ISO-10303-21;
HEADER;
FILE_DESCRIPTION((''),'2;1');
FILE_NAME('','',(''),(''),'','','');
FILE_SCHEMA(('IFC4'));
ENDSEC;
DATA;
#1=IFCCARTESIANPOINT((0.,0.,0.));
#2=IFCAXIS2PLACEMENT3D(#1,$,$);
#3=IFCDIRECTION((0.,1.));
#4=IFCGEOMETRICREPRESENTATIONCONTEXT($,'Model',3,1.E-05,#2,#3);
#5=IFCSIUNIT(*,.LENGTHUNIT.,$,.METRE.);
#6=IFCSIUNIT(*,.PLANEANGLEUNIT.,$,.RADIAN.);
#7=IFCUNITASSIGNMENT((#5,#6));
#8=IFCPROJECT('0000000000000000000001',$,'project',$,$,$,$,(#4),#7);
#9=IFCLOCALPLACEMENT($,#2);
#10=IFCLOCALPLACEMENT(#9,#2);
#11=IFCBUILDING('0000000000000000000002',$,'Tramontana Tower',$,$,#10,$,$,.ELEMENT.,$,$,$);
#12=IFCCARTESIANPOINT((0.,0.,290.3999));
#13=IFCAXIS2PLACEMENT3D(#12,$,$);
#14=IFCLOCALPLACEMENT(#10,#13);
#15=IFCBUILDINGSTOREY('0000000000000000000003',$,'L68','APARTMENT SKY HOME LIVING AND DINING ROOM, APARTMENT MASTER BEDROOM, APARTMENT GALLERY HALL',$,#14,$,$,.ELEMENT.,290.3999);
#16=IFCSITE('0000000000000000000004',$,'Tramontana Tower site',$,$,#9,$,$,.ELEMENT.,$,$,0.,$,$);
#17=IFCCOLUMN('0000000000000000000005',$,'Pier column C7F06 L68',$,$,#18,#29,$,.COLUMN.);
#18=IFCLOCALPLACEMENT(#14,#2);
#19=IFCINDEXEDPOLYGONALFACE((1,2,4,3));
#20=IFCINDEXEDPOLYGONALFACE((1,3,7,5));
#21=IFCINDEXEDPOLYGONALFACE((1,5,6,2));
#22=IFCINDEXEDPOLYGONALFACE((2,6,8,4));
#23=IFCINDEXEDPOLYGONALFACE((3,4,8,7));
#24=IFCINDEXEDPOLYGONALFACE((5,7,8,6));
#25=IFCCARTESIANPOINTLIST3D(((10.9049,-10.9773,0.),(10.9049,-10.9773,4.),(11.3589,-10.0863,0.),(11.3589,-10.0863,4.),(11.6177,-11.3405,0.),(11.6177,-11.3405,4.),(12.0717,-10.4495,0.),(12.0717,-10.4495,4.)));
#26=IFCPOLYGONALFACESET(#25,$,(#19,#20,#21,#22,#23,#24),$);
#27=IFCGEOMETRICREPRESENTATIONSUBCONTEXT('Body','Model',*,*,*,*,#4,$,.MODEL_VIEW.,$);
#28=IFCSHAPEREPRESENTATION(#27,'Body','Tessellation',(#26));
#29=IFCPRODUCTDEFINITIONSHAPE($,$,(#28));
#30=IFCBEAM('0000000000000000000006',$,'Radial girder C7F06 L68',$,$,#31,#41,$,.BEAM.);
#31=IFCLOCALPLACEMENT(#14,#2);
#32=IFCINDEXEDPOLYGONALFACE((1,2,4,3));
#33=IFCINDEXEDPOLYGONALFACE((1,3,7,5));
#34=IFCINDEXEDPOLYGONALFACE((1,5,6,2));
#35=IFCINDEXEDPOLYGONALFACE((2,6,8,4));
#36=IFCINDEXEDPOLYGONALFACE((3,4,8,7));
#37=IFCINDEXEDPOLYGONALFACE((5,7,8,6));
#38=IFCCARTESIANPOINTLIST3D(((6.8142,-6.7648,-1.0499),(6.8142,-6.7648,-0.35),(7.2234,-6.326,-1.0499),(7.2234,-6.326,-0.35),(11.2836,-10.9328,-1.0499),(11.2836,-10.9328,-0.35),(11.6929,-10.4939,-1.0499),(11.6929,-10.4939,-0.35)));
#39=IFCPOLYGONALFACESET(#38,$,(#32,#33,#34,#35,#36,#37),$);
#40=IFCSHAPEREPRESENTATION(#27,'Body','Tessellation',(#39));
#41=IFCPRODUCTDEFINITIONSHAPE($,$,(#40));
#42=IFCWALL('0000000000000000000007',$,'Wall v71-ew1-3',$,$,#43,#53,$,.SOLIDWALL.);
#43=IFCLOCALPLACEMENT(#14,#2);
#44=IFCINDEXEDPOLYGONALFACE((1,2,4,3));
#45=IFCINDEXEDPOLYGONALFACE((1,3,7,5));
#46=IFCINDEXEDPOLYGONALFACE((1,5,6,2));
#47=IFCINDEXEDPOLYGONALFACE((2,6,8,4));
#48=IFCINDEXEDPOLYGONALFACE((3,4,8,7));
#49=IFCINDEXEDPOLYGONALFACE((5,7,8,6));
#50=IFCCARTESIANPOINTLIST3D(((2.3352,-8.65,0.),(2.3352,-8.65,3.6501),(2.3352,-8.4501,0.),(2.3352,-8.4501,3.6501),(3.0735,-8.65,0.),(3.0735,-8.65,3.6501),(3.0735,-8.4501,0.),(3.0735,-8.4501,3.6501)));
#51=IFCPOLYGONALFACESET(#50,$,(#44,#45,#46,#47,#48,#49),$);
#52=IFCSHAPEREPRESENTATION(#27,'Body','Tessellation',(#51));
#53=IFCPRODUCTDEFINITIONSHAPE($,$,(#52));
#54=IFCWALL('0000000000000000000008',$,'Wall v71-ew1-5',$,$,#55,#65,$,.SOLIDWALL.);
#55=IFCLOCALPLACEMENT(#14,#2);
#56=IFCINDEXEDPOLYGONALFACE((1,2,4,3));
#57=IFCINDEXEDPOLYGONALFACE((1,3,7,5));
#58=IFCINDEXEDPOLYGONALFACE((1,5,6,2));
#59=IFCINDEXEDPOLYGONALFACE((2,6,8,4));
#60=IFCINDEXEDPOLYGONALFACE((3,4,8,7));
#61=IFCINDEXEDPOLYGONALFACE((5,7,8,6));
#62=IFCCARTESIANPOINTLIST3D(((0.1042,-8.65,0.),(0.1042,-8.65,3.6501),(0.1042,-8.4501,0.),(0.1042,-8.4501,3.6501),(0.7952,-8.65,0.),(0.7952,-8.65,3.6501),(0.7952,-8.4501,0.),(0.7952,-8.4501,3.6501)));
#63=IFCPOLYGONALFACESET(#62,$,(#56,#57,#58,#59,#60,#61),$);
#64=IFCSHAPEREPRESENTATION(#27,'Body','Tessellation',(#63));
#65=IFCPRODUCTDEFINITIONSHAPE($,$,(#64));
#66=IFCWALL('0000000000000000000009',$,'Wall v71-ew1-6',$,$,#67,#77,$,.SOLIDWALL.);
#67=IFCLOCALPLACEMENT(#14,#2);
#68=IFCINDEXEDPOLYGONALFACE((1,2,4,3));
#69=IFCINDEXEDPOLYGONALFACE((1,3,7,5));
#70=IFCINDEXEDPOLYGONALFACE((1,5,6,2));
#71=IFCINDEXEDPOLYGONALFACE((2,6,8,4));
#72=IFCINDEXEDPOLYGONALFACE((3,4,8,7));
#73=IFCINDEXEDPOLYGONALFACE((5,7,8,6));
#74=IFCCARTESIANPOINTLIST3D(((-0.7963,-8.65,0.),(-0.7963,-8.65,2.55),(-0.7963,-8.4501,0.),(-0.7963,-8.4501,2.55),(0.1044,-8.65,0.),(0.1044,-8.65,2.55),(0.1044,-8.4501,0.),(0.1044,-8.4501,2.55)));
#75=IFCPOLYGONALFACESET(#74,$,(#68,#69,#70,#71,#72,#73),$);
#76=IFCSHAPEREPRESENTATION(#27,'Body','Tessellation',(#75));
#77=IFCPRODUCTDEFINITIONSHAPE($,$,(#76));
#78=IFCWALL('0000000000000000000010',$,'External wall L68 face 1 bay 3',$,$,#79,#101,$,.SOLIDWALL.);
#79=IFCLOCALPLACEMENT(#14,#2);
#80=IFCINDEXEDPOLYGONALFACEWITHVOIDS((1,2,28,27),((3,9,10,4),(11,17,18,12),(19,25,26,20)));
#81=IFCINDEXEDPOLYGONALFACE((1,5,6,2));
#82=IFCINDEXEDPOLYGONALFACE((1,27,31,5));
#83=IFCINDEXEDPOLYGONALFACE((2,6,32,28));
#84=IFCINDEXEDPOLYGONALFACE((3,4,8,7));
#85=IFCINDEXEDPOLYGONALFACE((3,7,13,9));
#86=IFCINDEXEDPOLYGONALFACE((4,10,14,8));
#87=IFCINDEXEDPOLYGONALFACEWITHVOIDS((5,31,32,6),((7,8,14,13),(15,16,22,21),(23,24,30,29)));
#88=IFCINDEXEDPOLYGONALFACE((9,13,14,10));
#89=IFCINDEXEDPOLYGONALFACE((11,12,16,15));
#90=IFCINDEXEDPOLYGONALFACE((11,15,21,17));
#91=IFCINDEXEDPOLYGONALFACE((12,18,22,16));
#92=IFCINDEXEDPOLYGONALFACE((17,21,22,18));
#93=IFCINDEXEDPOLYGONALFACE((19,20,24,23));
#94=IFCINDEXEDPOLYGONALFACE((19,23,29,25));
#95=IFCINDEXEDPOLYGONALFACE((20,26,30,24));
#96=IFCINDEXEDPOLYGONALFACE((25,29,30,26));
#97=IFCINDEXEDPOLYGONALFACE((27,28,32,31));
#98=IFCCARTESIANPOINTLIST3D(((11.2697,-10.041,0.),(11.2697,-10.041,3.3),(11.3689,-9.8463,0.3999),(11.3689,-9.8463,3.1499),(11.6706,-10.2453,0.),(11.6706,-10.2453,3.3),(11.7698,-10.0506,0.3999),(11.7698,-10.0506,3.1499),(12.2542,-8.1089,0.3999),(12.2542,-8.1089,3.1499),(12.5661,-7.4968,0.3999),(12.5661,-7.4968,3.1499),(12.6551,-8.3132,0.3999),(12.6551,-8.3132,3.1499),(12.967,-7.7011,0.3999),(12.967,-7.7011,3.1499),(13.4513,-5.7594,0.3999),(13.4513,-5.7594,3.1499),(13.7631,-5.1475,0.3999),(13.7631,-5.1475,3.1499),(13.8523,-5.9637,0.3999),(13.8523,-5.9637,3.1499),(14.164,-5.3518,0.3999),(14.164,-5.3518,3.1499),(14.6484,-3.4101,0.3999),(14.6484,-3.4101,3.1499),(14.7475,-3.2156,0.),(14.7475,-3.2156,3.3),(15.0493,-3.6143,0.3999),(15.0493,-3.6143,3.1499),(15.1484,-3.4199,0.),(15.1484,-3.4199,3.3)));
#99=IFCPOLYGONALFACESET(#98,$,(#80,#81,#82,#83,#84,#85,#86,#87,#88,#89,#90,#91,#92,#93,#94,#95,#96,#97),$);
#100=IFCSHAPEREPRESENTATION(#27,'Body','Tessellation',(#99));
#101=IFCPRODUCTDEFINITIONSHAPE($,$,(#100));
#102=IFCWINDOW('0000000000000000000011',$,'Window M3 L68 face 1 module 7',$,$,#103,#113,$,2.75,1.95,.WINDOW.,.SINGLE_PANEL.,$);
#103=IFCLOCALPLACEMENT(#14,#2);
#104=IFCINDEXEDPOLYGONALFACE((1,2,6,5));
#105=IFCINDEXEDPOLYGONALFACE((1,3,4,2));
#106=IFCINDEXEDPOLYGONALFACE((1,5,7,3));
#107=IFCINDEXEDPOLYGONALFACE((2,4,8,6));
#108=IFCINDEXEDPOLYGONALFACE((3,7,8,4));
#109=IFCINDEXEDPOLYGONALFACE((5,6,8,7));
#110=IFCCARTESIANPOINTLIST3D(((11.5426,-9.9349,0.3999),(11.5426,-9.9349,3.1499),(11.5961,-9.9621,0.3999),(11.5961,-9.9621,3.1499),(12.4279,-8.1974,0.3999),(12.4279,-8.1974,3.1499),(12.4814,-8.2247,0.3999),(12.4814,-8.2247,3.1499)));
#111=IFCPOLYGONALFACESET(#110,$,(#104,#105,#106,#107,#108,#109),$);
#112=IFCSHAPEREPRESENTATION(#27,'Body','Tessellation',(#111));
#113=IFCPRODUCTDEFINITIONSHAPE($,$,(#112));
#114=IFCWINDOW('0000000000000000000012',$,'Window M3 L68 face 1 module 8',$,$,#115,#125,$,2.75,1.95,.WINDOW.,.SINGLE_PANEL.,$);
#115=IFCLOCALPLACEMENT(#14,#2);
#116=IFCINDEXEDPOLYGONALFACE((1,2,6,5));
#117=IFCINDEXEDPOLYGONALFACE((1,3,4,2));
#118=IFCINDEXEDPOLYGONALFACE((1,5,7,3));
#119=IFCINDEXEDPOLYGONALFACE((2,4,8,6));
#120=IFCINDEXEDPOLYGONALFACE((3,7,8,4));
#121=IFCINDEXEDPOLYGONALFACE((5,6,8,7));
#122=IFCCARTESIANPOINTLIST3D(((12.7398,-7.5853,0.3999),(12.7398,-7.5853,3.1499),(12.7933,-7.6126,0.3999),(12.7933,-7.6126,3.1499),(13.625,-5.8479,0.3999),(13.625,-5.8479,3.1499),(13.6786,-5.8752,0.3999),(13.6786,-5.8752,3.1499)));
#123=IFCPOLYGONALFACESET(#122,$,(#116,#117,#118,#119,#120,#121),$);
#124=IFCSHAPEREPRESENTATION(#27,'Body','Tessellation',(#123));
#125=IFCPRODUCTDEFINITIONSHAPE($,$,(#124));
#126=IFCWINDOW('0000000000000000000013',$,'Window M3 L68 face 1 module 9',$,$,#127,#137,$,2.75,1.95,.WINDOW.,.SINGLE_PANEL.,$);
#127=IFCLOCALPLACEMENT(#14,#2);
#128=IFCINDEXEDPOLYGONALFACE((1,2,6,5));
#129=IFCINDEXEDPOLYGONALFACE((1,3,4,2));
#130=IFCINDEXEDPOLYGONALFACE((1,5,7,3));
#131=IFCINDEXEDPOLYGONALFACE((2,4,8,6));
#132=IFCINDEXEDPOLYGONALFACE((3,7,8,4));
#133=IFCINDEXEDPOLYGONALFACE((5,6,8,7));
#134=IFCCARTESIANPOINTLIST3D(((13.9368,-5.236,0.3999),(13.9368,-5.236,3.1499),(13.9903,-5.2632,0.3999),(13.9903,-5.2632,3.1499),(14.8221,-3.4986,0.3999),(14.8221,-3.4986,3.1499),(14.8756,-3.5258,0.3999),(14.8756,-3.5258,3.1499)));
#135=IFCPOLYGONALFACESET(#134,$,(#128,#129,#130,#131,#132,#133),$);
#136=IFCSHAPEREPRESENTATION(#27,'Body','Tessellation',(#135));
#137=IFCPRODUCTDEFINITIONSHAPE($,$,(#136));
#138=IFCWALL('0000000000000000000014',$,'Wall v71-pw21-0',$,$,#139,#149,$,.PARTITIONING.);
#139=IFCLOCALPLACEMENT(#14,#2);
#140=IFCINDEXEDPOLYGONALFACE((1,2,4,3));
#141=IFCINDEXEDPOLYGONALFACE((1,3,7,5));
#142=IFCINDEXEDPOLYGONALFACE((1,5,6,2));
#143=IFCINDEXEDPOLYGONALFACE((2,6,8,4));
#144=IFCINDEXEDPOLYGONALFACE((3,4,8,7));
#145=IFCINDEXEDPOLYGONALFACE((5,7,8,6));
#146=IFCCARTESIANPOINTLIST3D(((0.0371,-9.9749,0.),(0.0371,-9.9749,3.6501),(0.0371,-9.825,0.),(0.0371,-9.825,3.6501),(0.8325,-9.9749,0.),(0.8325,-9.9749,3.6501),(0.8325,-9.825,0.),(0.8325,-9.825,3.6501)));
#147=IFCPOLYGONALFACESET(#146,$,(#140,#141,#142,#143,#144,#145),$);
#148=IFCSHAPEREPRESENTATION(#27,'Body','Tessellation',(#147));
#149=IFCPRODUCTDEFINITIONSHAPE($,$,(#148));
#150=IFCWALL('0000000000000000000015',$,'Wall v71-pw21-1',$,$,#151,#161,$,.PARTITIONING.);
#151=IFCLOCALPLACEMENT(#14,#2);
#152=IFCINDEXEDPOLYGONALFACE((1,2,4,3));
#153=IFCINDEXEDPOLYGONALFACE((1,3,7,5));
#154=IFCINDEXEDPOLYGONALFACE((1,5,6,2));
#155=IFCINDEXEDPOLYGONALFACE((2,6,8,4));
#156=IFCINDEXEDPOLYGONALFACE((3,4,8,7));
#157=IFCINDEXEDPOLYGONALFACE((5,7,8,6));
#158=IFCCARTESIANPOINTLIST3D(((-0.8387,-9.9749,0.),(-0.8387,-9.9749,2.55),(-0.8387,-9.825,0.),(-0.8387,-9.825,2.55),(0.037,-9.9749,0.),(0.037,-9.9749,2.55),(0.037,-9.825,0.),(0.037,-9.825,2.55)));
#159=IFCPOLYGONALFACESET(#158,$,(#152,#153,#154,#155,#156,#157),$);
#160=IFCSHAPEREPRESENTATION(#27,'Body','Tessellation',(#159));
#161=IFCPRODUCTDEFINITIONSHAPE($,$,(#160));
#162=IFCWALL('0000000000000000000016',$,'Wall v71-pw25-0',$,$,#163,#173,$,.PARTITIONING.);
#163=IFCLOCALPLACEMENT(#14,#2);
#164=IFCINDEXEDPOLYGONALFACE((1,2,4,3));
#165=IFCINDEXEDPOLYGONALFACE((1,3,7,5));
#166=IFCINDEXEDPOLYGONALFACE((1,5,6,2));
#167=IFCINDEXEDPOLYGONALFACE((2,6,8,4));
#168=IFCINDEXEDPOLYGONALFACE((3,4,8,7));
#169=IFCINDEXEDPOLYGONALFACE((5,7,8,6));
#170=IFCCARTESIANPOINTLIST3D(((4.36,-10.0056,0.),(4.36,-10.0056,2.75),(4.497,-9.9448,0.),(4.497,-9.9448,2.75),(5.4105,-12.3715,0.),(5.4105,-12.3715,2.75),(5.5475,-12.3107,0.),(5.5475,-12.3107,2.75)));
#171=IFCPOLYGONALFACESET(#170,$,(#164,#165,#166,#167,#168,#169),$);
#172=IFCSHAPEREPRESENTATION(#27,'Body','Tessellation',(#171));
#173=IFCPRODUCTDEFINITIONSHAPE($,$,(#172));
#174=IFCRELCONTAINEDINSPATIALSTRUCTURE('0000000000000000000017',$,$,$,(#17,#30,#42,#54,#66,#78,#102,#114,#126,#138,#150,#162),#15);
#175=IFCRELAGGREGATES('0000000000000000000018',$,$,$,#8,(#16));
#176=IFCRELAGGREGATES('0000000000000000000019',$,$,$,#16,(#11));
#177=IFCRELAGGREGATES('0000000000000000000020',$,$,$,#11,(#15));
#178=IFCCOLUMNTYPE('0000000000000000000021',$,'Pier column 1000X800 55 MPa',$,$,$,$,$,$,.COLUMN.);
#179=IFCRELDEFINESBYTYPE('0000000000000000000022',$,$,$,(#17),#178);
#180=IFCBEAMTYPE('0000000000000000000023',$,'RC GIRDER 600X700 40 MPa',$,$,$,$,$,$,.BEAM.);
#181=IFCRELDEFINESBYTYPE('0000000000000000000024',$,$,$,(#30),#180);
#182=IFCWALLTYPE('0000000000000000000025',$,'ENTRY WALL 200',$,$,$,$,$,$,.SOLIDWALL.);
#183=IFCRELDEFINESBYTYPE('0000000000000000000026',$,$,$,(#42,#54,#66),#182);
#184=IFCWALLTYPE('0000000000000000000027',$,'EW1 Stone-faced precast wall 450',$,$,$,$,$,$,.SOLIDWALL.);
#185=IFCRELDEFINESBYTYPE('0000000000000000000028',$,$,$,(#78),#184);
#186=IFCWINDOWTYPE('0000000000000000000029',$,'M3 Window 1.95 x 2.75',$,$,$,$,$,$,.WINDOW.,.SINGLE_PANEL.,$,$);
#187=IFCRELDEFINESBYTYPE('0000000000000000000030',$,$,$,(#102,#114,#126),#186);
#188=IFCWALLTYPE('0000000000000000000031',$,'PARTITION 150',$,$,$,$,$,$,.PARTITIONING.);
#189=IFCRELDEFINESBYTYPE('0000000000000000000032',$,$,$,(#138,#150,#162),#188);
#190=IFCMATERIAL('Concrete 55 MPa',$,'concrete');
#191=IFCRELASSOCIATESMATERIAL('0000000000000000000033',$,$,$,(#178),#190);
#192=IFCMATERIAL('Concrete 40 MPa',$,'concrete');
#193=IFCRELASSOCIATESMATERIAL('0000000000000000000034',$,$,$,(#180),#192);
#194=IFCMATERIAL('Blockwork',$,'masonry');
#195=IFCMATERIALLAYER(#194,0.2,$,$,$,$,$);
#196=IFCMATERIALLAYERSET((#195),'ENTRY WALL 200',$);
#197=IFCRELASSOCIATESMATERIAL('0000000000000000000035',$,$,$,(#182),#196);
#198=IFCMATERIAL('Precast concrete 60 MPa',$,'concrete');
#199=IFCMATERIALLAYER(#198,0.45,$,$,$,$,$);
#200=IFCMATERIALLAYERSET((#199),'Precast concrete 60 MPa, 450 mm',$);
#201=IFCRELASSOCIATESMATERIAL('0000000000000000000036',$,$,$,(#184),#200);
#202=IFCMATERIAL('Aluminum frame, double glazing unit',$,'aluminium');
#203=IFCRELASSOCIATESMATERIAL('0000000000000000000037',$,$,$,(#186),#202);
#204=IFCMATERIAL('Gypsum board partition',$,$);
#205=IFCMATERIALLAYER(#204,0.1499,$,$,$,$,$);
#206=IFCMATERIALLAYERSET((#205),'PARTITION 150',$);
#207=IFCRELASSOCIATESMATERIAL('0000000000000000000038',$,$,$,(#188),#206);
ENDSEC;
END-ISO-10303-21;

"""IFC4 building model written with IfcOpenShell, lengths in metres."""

from ifc_helpers import new_model, si_unit, direction, frame, frame_2d, origin, origin_2d, place, context, subcontext, project, spatial, rectangle, extrude, material, layer, layer_set, material_profile, profile_set, type_object, element, fill, save


model = new_model("IFC4")

# Units and contexts
model_context = context("Model", 3, precision=1e-05, world=origin(), true_north=direction((0.0, 1.0)))
body_context = subcontext(model_context, "Body", "Model", "MODEL_VIEW")
ifc_project = project(units=[si_unit("LENGTHUNIT", "METRE"), si_unit("PLANEANGLEUNIT", "RADIAN")], contexts=[model_context])

# Site, building, storey
site_placement = place(None, origin())
site = spatial("IfcSite", under=ifc_project, at=site_placement, Name="Tramontana Tower site", CompositionType="ELEMENT", RefElevation=0.0)
building_placement = place(site_placement, origin())
building = spatial("IfcBuilding", under=site, at=building_placement, Name="Tramontana Tower", CompositionType="ELEMENT")
storey_placement = place(building_placement, frame((0.0, 0.0, 290.3999)))
storey = spatial("IfcBuildingStorey", under=building, at=storey_placement, Name="L68", Description="APARTMENT SKY HOME LIVING AND DINING ROOM, APARTMENT MASTER BEDROOM, APARTMENT GALLERY HALL", CompositionType="ELEMENT", Elevation=290.3999)

# Column
ifc_material_1 = material(Name="Concrete 55 MPa", Category="concrete")
ifc_material_profile_1 = material_profile(ifc_material_1, rectangle(XDim=1.0, YDim=0.8, at=origin_2d()), Name="Pier column 1000X800 55 MPa")
ifc_profile_set_1 = profile_set([ifc_material_profile_1], Name="Concrete 55 MPa")
column_type = type_object("IfcColumnType", Name="Pier column 1000X800 55 MPa", PredefinedType="COLUMN", material=ifc_profile_set_1)
column_placement = place(storey_placement, frame((11.4883, -10.7134, 0.0), z_axis=(0.0, 0.0, 1.0), x_axis=(0.45399, 0.891007, 0.0)))
element("IfcColumn", 1, at=column_placement, inside=storey, type_object=column_type, Name="Pier column C7F06 L68", PredefinedType="COLUMN", context=body_context, shape_type="SweptSolid", body=[
    extrude(rectangle(XDim=1.0, YDim=0.8, at=origin_2d()), origin(), (0.0, 0.0, 1.0), 4.0),
])

# Beam
ifc_material_2 = material(Name="Concrete 40 MPa", Category="concrete")
ifc_material_profile_2 = material_profile(ifc_material_2, rectangle(XDim=0.6001, YDim=0.7, at=origin_2d()), Name="RC GIRDER 600X700 40 MPa")
ifc_profile_set_2 = profile_set([ifc_material_profile_2], Name="Concrete 40 MPa")
beam_type = type_object("IfcBeamType", Name="RC GIRDER 600X700 40 MPa", PredefinedType="BEAM", material=ifc_profile_set_2)
beam_placement = place(storey_placement, frame((11.4883, -10.7134, -0.7), z_axis=(-0.731345, 0.682008, 0.0), x_axis=(-0.682008, -0.731345, 0.0)))
element("IfcBeam", 2, at=beam_placement, inside=storey, type_object=beam_type, Name="Radial girder C7F06 L68", PredefinedType="BEAM", context=body_context, shape_type="SweptSolid", body=[
    extrude(rectangle(XDim=0.6001, YDim=0.7, at=origin_2d()), origin(), (0.0, 0.0, 1.0), 6.1113),
])

# Wall
ifc_material_3 = material(Name="Blockwork", Category="masonry")
ifc_layer_1 = layer(ifc_material_3, 0.2)
ifc_layer_set_1 = layer_set([ifc_layer_1], Name="ENTRY WALL 200")
wall_type_1 = type_object("IfcWallType", Name="ENTRY WALL 200", PredefinedType="SOLIDWALL", material=ifc_layer_set_1)
wall_1_placement = place(storey_placement, frame((3.0735, -8.55, 0.0), z_axis=(0.0, 0.0, 1.0), x_axis=(-1.0, 0.0, 0.0)))
element("IfcWall", 3, at=wall_1_placement, inside=storey, type_object=wall_type_1, Name="Wall v71-ew1-3", PredefinedType="SOLIDWALL", context=body_context, shape_type="SweptSolid", body=[
    extrude(rectangle(XDim=0.7383, YDim=0.2, at=frame_2d((0.3691, 0.0))), origin(), (0.0, 0.0, 1.0), 3.6501),
])

# Walls
wall_2_placement = place(storey_placement, frame((0.7952, -8.55, 0.0), z_axis=(0.0, 0.0, 1.0), x_axis=(-1.0, 0.0, 0.0)))
element("IfcWall", 4, at=wall_2_placement, inside=storey, type_object=wall_type_1, Name="Wall v71-ew1-5", PredefinedType="SOLIDWALL", context=body_context, shape_type="SweptSolid", body=[
    extrude(rectangle(XDim=0.6909, YDim=0.2, at=frame_2d((0.3455, 0.0))), origin(), (0.0, 0.0, 1.0), 3.6501),
])
wall_3_placement = place(storey_placement, frame((0.1042, -8.55, 0.0), z_axis=(0.0, 0.0, 1.0), x_axis=(-1.0, 0.0, 0.0)))
element("IfcWall", 5, at=wall_3_placement, inside=storey, type_object=wall_type_1, Name="Wall v71-ew1-6", PredefinedType="SOLIDWALL", context=body_context, shape_type="SweptSolid", body=[
    extrude(rectangle(XDim=0.9006, YDim=0.2, at=frame_2d((0.4502, 0.0))), origin(), (0.0, 0.0, 1.0), 2.55),
])

# Wall, openings, windows
ifc_material_4 = material(Name="Precast concrete 60 MPa", Category="concrete")
ifc_layer_2 = layer(ifc_material_4, 0.45)
ifc_layer_set_2 = layer_set([ifc_layer_2], Name="Precast concrete 60 MPa, 450 mm")
wall_type_2 = type_object("IfcWallType", Name="EW1 Stone-faced precast wall 450", PredefinedType="SOLIDWALL", material=ifc_layer_set_2)
wall_4_placement = place(storey_placement, frame((11.4702, -10.1431, 0.0), z_axis=(0.0, 0.0, 1.0), x_axis=(0.453995, 0.891004, 0.0)))
wall_4 = element("IfcWall", 6, at=wall_4_placement, inside=storey, type_object=wall_type_2, Name="External wall L68 face 1 bay 3", PredefinedType="SOLIDWALL", context=body_context, shape_type="SweptSolid", body=[
    extrude(rectangle(XDim=7.6604, YDim=0.45, at=frame_2d((3.8301, 0.0))), origin(), (0.0, 0.0, 1.0), 3.3),
])
opening_1_placement = place(wall_4_placement, frame((0.2183, 0.0, 0.3999)))
opening_1 = element("IfcOpeningElement", 7, at=opening_1_placement, cuts=wall_4, PredefinedType="OPENING", context=body_context, shape_type="SweptSolid", body=[
    extrude(rectangle(XDim=1.95, YDim=2.75, at=frame_2d((0.9751, 1.375))), frame((0.0, 0.2349, 0.0), z_axis=(0.0, -1.0, 0.0), x_axis=(1.0, 0.0, 0.0)), (0.0, 0.0, 1.0), 0.47),
])
opening_2_placement = place(wall_4_placement, frame((2.8552, 0.0, 0.3999)))
opening_2 = element("IfcOpeningElement", 8, at=opening_2_placement, cuts=wall_4, PredefinedType="OPENING", context=body_context, shape_type="SweptSolid", body=[
    extrude(rectangle(XDim=1.95, YDim=2.75, at=frame_2d((0.9751, 1.375))), frame((0.0, 0.2349, 0.0), z_axis=(0.0, -1.0, 0.0), x_axis=(1.0, 0.0, 0.0)), (0.0, 0.0, 1.0), 0.47),
])
opening_3_placement = place(wall_4_placement, frame((5.4919, 0.0, 0.3999)))
opening_3 = element("IfcOpeningElement", 9, at=opening_3_placement, cuts=wall_4, PredefinedType="OPENING", context=body_context, shape_type="SweptSolid", body=[
    extrude(rectangle(XDim=1.95, YDim=2.75, at=frame_2d((0.9751, 1.375))), frame((0.0, 0.2349, 0.0), z_axis=(0.0, -1.0, 0.0), x_axis=(1.0, 0.0, 0.0)), (0.0, 0.0, 1.0), 0.47),
])
ifc_material_5 = material(Name="Aluminum frame, double glazing unit", Category="aluminium")
window_type = type_object("IfcWindowType", Name="M3 Window 1.95 x 2.75", PartitioningType="SINGLE_PANEL", PredefinedType="WINDOW", material=ifc_material_5)
window_1_placement = place(opening_1_placement, origin())
window_1 = element("IfcWindow", 10, at=window_1_placement, inside=storey, type_object=window_type, Name="Window M3 L68 face 1 module 7", OverallHeight=2.75, OverallWidth=1.95, PartitioningType="SINGLE_PANEL", PredefinedType="WINDOW", context=body_context, shape_type="SweptSolid", body=[
    extrude(rectangle(XDim=1.95, YDim=2.75, at=frame_2d((0.9751, 1.375))), frame((0.0, 0.03, 0.0), z_axis=(0.0, -1.0, 0.0), x_axis=(1.0, 0.0, 0.0)), (0.0, 0.0, 1.0), 0.0601),
])
fill(opening_1, window_1)
window_2_placement = place(opening_2_placement, origin())
window_2 = element("IfcWindow", 11, at=window_2_placement, inside=storey, type_object=window_type, Name="Window M3 L68 face 1 module 8", OverallHeight=2.75, OverallWidth=1.95, PartitioningType="SINGLE_PANEL", PredefinedType="WINDOW", context=body_context, shape_type="SweptSolid", body=[
    extrude(rectangle(XDim=1.95, YDim=2.75, at=frame_2d((0.9751, 1.375))), frame((0.0, 0.03, 0.0), z_axis=(0.0, -1.0, 0.0), x_axis=(1.0, 0.0, 0.0)), (0.0, 0.0, 1.0), 0.0601),
])
fill(opening_2, window_2)
window_3_placement = place(opening_3_placement, origin())
window_3 = element("IfcWindow", 12, at=window_3_placement, inside=storey, type_object=window_type, Name="Window M3 L68 face 1 module 9", OverallHeight=2.75, OverallWidth=1.95, PartitioningType="SINGLE_PANEL", PredefinedType="WINDOW", context=body_context, shape_type="SweptSolid", body=[
    extrude(rectangle(XDim=1.95, YDim=2.75, at=frame_2d((0.9751, 1.375))), frame((0.0, 0.03, 0.0), z_axis=(0.0, -1.0, 0.0), x_axis=(1.0, 0.0, 0.0)), (0.0, 0.0, 1.0), 0.0601),
])
fill(opening_3, window_3)

# Walls
ifc_material_6 = material(Name="Gypsum board partition")
ifc_layer_3 = layer(ifc_material_6, 0.1499)
ifc_layer_set_3 = layer_set([ifc_layer_3], Name="PARTITION 150")
wall_type_3 = type_object("IfcWallType", Name="PARTITION 150", PredefinedType="PARTITIONING", material=ifc_layer_set_3)
wall_5_placement = place(storey_placement, frame((0.8325, -9.8999, 0.0), z_axis=(0.0, 0.0, 1.0), x_axis=(-1.0, 0.0, 0.0)))
element("IfcWall", 13, at=wall_5_placement, inside=storey, type_object=wall_type_3, Name="Wall v71-pw21-0", PredefinedType="PARTITIONING", context=body_context, shape_type="SweptSolid", body=[
    extrude(rectangle(XDim=0.7954, YDim=0.1499, at=frame_2d((0.3977, 0.0))), origin(), (0.0, 0.0, 1.0), 3.6501),
])
wall_6_placement = place(storey_placement, frame((0.0371, -9.8999, 0.0), z_axis=(0.0, 0.0, 1.0), x_axis=(-1.0, 0.0, 0.0)))
element("IfcWall", 14, at=wall_6_placement, inside=storey, type_object=wall_type_3, Name="Wall v71-pw21-1", PredefinedType="PARTITIONING", context=body_context, shape_type="SweptSolid", body=[
    extrude(rectangle(XDim=0.8757, YDim=0.1499, at=frame_2d((0.438, 0.0))), origin(), (0.0, 0.0, 1.0), 2.55),
])

# Wall
wall_7_placement = place(storey_placement, frame((4.4285, -9.9751, 0.0), z_axis=(0.0, 0.0, 1.0), x_axis=(0.405815, -0.913955, 0.0)))
element("IfcWall", 15, at=wall_7_placement, inside=storey, type_object=wall_type_3, Name="Wall v71-pw25-0", PredefinedType="PARTITIONING", context=body_context, shape_type="SweptSolid", body=[
    extrude(rectangle(XDim=2.5886, YDim=0.1499, at=frame_2d((1.2944, 0.0))), origin(), (0.0, 0.0, 1.0), 2.75),
])

save(model, "model.ifc")
